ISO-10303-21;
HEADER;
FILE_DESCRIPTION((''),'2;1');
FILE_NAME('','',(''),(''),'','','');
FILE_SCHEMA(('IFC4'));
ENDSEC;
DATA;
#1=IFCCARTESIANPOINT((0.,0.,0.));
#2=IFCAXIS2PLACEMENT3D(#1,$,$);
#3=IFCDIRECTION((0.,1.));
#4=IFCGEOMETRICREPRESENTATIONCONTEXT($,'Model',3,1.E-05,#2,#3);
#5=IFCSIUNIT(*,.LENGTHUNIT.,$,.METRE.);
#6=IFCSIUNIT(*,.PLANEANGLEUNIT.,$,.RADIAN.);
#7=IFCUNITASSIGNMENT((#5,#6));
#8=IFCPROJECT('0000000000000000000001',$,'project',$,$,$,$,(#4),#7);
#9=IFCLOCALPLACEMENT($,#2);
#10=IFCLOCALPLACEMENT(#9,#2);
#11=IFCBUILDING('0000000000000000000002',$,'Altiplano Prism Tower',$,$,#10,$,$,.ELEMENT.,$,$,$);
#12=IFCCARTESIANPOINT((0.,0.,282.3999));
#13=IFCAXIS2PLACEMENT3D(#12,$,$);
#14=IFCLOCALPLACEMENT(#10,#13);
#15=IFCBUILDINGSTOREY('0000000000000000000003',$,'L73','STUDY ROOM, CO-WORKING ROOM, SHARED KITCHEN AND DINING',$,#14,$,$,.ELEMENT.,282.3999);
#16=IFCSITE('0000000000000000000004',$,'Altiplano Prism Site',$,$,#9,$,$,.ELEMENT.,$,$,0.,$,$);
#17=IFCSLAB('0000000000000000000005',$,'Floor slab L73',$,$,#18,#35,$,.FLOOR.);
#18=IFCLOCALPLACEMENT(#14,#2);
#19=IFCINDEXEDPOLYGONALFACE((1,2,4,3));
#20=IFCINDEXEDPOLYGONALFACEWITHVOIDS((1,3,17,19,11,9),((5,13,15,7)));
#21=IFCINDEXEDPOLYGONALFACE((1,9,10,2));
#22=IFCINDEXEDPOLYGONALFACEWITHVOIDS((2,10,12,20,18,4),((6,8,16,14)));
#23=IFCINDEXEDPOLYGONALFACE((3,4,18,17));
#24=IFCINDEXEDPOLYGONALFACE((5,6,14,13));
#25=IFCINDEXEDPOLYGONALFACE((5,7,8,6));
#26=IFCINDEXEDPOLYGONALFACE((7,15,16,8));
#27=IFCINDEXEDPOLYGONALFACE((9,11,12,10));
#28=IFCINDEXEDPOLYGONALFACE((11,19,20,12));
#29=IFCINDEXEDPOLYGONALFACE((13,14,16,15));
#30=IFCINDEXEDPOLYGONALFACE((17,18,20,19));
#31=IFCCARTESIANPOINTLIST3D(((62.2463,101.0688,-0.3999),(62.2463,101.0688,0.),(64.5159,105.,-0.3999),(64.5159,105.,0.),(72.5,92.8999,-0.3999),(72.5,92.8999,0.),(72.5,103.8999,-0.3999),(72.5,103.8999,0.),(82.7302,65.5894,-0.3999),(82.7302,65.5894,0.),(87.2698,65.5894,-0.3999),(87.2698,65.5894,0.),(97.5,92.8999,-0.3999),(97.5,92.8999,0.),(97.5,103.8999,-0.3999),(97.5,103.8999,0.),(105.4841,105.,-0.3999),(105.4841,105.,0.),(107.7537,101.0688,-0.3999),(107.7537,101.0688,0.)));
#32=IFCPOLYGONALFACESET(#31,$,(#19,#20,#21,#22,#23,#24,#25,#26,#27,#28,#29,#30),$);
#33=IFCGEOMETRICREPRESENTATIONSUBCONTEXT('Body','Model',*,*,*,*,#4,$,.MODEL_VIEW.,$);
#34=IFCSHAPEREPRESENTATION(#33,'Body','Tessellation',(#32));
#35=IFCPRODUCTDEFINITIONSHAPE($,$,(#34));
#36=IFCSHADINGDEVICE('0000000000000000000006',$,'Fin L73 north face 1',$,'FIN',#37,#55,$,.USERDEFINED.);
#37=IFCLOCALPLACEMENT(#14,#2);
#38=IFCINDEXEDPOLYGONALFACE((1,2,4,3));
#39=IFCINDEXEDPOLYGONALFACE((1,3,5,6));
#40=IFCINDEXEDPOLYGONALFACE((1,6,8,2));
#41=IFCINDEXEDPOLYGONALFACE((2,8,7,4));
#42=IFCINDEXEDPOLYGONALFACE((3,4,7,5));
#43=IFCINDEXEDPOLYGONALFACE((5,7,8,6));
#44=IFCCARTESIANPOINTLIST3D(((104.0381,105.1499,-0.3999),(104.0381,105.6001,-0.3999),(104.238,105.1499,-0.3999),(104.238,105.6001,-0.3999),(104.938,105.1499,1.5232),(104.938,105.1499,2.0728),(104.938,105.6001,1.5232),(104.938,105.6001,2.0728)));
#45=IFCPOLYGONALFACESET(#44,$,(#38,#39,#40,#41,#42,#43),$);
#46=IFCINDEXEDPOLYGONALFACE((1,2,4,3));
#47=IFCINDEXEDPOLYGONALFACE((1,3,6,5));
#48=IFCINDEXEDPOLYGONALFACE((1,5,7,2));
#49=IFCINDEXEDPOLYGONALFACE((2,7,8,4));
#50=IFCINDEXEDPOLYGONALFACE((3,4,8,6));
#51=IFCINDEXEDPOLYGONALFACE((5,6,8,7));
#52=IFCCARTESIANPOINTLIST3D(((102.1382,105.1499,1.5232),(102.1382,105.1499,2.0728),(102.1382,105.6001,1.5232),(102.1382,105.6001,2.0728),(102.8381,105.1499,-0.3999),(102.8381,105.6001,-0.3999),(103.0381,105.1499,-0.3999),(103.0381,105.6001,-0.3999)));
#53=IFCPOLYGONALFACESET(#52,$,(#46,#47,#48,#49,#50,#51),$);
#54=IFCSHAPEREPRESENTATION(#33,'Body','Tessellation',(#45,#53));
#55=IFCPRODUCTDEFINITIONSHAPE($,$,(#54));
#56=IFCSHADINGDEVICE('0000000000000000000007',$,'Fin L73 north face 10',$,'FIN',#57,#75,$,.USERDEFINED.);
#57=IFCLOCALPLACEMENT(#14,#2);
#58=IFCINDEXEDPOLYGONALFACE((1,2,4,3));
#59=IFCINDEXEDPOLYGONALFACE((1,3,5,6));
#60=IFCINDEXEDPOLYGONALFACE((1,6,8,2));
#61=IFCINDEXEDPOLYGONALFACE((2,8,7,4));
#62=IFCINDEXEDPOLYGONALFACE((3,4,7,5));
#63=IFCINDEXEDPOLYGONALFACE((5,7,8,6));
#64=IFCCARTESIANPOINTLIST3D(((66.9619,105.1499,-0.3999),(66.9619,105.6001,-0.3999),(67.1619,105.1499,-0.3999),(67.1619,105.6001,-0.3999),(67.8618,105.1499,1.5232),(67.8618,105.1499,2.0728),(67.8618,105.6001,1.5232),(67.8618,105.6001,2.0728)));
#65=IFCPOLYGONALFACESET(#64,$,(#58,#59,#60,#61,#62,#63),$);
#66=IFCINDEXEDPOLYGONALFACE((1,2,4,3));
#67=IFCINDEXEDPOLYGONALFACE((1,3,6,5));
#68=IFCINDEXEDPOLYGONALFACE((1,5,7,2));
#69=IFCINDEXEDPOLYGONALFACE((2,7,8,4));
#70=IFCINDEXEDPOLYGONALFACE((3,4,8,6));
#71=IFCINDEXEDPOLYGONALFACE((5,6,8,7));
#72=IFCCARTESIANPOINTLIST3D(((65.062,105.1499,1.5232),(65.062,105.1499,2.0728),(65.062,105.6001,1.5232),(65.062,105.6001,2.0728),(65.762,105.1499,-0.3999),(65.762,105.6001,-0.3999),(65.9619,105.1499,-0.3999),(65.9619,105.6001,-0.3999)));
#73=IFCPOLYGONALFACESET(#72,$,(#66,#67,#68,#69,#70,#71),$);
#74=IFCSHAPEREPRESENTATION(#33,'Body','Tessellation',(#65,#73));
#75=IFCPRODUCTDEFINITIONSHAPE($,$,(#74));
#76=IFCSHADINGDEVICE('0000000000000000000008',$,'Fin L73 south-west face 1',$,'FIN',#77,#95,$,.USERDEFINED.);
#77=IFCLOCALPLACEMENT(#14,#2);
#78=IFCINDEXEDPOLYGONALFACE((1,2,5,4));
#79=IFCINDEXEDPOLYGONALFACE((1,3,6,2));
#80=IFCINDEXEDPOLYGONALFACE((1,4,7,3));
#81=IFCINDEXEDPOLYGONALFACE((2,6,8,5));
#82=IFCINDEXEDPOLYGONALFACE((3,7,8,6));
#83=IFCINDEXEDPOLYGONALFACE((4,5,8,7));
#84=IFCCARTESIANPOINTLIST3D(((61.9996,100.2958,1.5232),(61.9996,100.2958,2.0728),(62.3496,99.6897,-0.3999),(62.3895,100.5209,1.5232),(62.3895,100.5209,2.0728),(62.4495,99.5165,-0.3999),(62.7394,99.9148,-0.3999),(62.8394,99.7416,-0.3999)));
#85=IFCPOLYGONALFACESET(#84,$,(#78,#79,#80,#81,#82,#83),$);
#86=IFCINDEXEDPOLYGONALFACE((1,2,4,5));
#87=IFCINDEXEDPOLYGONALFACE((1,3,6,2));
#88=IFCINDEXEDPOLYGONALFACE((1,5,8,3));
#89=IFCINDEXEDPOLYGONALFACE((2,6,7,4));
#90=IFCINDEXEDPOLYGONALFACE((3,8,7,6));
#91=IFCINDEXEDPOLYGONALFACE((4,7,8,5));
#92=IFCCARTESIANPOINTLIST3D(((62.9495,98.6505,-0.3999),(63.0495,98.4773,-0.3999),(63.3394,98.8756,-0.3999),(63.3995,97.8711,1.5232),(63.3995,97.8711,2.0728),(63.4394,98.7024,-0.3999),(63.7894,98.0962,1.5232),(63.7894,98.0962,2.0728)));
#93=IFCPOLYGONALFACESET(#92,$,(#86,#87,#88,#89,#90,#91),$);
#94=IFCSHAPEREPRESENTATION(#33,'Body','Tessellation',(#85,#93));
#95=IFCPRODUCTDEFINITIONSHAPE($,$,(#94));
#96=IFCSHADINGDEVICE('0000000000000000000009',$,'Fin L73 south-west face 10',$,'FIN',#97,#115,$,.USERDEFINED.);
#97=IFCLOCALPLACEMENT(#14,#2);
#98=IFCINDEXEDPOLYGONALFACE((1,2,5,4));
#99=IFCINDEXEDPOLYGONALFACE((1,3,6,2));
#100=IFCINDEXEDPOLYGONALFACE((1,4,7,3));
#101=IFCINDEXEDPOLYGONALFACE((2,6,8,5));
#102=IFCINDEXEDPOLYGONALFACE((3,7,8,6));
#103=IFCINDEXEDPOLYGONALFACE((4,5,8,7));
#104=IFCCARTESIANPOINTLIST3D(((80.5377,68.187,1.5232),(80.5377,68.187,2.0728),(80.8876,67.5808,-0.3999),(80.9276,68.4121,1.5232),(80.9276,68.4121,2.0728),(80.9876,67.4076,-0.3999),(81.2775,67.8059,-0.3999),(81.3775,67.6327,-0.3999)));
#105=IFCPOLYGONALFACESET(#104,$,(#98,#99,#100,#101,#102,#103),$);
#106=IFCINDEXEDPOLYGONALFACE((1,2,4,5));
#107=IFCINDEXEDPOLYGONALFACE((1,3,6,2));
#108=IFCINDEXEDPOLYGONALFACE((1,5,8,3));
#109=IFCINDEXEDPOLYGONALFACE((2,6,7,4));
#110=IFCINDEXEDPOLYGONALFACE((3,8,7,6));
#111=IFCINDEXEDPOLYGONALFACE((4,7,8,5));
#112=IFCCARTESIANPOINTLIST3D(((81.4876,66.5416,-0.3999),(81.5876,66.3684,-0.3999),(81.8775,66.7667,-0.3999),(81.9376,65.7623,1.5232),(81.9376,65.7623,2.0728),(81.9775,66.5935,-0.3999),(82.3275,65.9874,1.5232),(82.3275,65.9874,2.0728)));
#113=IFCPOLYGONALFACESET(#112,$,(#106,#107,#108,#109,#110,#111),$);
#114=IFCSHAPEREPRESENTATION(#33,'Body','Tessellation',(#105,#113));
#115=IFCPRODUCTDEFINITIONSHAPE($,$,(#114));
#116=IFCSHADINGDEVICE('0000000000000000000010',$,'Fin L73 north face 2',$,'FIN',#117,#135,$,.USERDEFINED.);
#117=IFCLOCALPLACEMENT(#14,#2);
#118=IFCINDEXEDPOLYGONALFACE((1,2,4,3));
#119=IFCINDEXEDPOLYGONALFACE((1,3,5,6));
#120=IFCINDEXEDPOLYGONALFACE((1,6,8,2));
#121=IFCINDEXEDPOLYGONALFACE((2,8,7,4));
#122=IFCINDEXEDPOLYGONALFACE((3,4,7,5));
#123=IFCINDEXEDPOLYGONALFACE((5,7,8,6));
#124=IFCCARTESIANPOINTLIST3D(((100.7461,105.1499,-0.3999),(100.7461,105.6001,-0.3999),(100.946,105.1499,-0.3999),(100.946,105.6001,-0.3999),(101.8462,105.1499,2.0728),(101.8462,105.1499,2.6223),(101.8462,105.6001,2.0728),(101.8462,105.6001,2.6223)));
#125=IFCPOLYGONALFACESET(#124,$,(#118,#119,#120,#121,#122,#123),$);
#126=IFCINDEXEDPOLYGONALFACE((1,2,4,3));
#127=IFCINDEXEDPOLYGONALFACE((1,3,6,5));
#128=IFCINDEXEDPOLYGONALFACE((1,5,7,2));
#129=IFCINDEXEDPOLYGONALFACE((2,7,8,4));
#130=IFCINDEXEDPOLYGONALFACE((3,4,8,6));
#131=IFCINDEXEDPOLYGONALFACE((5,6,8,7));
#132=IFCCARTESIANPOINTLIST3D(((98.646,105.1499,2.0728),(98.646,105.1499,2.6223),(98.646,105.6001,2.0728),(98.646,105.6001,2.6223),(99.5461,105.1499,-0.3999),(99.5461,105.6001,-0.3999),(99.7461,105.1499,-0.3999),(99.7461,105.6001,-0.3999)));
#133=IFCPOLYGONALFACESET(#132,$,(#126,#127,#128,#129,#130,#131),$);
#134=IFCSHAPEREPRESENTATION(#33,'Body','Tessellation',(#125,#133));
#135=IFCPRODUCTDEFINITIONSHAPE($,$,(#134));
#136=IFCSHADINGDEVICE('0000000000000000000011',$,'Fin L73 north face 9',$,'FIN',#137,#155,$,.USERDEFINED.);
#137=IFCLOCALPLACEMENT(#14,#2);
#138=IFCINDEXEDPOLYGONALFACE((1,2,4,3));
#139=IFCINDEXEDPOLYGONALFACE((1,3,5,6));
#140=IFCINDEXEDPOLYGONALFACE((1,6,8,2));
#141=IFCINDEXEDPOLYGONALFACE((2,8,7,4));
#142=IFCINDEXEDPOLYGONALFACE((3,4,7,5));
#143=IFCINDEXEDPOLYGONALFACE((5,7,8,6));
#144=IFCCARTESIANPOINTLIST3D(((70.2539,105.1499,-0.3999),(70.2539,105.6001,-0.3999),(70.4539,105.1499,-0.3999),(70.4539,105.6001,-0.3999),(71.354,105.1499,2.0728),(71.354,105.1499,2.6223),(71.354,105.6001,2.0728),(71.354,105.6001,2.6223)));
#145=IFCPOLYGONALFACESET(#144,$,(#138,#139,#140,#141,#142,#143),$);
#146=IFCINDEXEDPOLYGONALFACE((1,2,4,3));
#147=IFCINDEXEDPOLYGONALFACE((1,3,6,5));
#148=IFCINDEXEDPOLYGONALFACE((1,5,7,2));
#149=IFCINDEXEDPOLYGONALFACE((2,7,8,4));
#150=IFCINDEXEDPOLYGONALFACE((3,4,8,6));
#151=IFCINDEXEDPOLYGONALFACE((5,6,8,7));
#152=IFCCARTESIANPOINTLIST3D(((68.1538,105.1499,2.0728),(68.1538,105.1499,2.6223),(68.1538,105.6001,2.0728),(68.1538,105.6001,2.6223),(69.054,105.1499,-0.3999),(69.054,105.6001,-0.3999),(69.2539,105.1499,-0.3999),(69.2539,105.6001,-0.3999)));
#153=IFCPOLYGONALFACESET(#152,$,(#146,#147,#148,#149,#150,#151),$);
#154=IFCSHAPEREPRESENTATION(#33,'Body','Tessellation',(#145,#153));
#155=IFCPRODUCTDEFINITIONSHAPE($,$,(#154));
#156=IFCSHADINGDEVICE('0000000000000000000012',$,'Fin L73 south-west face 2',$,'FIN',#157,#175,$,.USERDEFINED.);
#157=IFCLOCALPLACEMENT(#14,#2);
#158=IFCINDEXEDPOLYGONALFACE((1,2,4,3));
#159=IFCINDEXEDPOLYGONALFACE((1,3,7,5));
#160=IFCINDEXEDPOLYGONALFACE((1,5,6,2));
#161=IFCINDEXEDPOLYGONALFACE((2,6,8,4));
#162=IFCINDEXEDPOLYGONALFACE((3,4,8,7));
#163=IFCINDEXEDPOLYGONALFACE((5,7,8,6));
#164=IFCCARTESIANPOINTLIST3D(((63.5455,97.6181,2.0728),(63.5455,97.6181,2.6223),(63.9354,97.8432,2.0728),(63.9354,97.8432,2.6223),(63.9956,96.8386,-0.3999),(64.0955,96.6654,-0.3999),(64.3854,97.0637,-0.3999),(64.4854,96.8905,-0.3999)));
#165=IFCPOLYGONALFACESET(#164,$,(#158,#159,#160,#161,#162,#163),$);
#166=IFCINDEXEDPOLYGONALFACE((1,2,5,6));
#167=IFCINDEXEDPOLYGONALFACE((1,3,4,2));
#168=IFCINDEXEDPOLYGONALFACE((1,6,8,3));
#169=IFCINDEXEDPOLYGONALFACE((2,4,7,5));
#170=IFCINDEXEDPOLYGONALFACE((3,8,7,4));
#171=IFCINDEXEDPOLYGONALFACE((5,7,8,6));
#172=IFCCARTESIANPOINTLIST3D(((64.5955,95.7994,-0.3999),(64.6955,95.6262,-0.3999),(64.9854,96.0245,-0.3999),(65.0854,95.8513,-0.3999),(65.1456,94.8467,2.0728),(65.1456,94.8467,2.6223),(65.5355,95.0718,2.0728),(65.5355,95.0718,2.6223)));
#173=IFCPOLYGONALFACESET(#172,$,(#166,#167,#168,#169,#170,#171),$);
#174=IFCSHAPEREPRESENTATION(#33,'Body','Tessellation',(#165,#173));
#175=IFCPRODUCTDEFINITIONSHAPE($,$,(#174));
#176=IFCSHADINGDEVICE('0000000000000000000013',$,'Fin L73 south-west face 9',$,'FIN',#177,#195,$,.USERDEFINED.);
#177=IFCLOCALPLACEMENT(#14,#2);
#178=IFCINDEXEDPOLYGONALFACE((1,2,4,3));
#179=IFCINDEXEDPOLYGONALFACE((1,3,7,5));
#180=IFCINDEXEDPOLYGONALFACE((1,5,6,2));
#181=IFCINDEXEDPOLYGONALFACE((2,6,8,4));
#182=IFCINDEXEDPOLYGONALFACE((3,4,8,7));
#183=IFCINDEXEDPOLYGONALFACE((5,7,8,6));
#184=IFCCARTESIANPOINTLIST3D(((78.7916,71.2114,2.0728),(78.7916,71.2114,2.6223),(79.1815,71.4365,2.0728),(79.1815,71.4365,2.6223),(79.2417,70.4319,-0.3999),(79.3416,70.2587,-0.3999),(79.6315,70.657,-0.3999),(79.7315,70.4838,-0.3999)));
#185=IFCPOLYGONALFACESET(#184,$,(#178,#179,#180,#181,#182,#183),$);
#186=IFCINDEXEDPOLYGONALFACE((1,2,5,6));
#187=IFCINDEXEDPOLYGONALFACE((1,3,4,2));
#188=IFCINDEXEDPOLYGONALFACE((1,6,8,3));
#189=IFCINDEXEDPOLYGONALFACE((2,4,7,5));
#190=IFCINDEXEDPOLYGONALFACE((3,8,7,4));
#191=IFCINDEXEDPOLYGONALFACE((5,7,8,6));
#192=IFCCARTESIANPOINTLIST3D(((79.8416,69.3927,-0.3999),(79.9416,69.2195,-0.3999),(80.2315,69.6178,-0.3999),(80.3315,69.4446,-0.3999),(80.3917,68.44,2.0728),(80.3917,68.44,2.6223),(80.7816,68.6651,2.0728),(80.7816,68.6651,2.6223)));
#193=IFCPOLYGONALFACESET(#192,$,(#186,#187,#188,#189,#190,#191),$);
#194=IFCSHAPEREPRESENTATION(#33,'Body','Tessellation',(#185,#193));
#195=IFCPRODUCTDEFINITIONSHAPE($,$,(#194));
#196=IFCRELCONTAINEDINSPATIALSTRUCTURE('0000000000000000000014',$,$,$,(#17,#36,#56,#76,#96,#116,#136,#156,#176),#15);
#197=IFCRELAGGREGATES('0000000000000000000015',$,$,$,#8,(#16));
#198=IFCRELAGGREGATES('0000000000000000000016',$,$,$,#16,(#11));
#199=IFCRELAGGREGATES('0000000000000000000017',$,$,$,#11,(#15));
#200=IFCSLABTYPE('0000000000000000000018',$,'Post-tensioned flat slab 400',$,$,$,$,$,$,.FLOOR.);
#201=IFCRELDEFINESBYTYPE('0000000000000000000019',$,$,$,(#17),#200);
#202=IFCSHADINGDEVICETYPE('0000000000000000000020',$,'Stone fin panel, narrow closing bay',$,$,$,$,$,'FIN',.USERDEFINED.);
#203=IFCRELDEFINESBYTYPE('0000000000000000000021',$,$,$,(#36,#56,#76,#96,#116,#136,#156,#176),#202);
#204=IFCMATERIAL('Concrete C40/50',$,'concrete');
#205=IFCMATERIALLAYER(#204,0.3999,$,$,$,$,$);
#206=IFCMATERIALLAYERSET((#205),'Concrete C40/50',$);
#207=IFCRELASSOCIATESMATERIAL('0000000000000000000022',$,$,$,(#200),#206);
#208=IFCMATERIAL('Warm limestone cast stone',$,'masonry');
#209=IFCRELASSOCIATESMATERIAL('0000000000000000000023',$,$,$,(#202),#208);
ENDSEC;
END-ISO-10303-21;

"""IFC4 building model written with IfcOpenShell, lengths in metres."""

from ifc_helpers import new_model, si_unit, direction, frame, origin, place, context, subcontext, project, spatial, polyline, outline, extrude, source, transform, mapped, material, layer, layer_set, type_object, element, save


model = new_model("IFC4")

# Units and contexts
model_context = context("Model", 3, precision=1e-05, world=origin(), true_north=direction((0.0, 1.0)))
body_context = subcontext(model_context, "Body", "Model", "MODEL_VIEW")
ifc_project = project(units=[si_unit("LENGTHUNIT", "METRE"), si_unit("PLANEANGLEUNIT", "RADIAN")], contexts=[model_context])

# Site, building, storey
site_placement = place(None, origin())
site = spatial("IfcSite", under=ifc_project, at=site_placement, Name="Altiplano Prism Site", CompositionType="ELEMENT", RefElevation=0.0)
building_placement = place(site_placement, origin())
building = spatial("IfcBuilding", under=site, at=building_placement, Name="Altiplano Prism Tower", CompositionType="ELEMENT")
storey_placement = place(building_placement, frame((0.0, 0.0, 282.3999)))
storey = spatial("IfcBuildingStorey", under=building, at=storey_placement, Name="L73", Description="STUDY ROOM, CO-WORKING ROOM, SHARED KITCHEN AND DINING", CompositionType="ELEMENT", Elevation=282.3999)

# Slab
ifc_material_1 = material(Name="Concrete C40/50", Category="concrete")
ifc_layer = layer(ifc_material_1, 0.3999)
ifc_layer_set = layer_set([ifc_layer], Name="Concrete C40/50")
slab_type = type_object("IfcSlabType", Name="Post-tensioned flat slab 400", PredefinedType="FLOOR", material=ifc_layer_set)
slab_placement = place(storey_placement, frame((0.0, 0.0, -0.3999)))
element("IfcSlab", 1, at=slab_placement, inside=storey, type_object=slab_type, Name="Floor slab L73", PredefinedType="FLOOR", context=body_context, shape_type="SweptSolid", body=[
    extrude(outline(polyline([(107.7537, 101.0688), (87.2698, 65.5894), (82.7302, 65.5894), (62.2463, 101.0688), (64.5159, 105.0), (105.4841, 105.0), (107.7537, 101.0688)]), holes=[polyline([(97.5, 92.8999), (97.5, 103.8999), (72.5, 103.8999), (72.5, 92.8999), (97.5, 92.8999)])]), origin(), (0.0, 0.0, 1.0), 0.3999),
])

# Shading devices
ifc_material_2 = material(Name="Warm limestone cast stone", Category="masonry")
shading_device_type_1 = type_object("IfcShadingDeviceType", Name="Stone fin panel, narrow closing bay", ElementType="FIN", PredefinedType="USERDEFINED", material=ifc_material_2)
shared_shape_1 = source(origin(), body_context, "Body", "SweptSolid", [
    extrude(outline(polyline([(-1.3999, 2.4727), (-1.3999, 1.9231), (-0.7, 0.0), (-0.5, 0.0), (-1.3999, 2.4727)])), frame((0.0, -0.1499, 0.0), z_axis=(0.0, -1.0, 0.0), x_axis=(1.0, 0.0, 0.0)), (0.0, 0.0, 1.0), 0.4502),
    extrude(outline(polyline([(1.3999, 1.9231), (1.3999, 2.4727), (0.5, 0.0), (0.7, 0.0), (1.3999, 1.9231)])), frame((0.0, -0.1499, 0.0), z_axis=(0.0, -1.0, 0.0), x_axis=(1.0, 0.0, 0.0)), (0.0, 0.0, 1.0), 0.4502),
])
shading_device_1_placement = place(storey_placement, origin())
element("IfcShadingDevice", 2, at=shading_device_1_placement, inside=storey, type_object=shading_device_type_1, Name="Fin L73 north face 1", ObjectType="FIN", PredefinedType="USERDEFINED", context=body_context, shape_type="MappedRepresentation", body=[
    mapped(shared_shape_1, transform((103.5381, 105.0, -0.3999), x_axis=(-1.0, 0.0, 0.0), y_axis=(0.0, -1.0, 0.0), z_axis=(0.0, 0.0, 1.0))),
])
shading_device_2_placement = place(storey_placement, origin())
element("IfcShadingDevice", 3, at=shading_device_2_placement, inside=storey, type_object=shading_device_type_1, Name="Fin L73 north face 10", ObjectType="FIN", PredefinedType="USERDEFINED", context=body_context, shape_type="MappedRepresentation", body=[
    mapped(shared_shape_1, transform((66.4619, 105.0, -0.3999), x_axis=(-1.0, 0.0, 0.0), y_axis=(0.0, -1.0, 0.0), z_axis=(0.0, 0.0, 1.0))),
])
shading_device_3_placement = place(storey_placement, origin())
element("IfcShadingDevice", 4, at=shading_device_3_placement, inside=storey, type_object=shading_device_type_1, Name="Fin L73 south-west face 1", ObjectType="FIN", PredefinedType="USERDEFINED", context=body_context, shape_type="MappedRepresentation", body=[
    mapped(shared_shape_1, transform((63.2192, 99.3835, -0.3999), x_axis=(0.5, -0.866025, 0.0), y_axis=(0.866025, 0.5, 0.0), z_axis=(0.0, 0.0, 1.0))),
])
shading_device_4_placement = place(storey_placement, origin())
element("IfcShadingDevice", 5, at=shading_device_4_placement, inside=storey, type_object=shading_device_type_1, Name="Fin L73 south-west face 10", ObjectType="FIN", PredefinedType="USERDEFINED", context=body_context, shape_type="MappedRepresentation", body=[
    mapped(shared_shape_1, transform((81.7573, 67.2747, -0.3999), x_axis=(0.5, -0.866025, 0.0), y_axis=(0.866025, 0.5, 0.0), z_axis=(0.0, 0.0, 1.0))),
])
shared_shape_2 = source(origin(), body_context, "Body", "SweptSolid", [
    extrude(outline(polyline([(-1.6001, 3.0222), (-1.6001, 2.4727), (-0.7, 0.0), (-0.5, 0.0), (-1.6001, 3.0222)])), frame((0.0, -0.1499, 0.0), z_axis=(0.0, -1.0, 0.0), x_axis=(1.0, 0.0, 0.0)), (0.0, 0.0, 1.0), 0.4502),
    extrude(outline(polyline([(1.6001, 2.4727), (1.6001, 3.0222), (0.5, 0.0), (0.7, 0.0), (1.6001, 2.4727)])), frame((0.0, -0.1499, 0.0), z_axis=(0.0, -1.0, 0.0), x_axis=(1.0, 0.0, 0.0)), (0.0, 0.0, 1.0), 0.4502),
])
shading_device_5_placement = place(storey_placement, origin())
element("IfcShadingDevice", 6, at=shading_device_5_placement, inside=storey, type_object=shading_device_type_1, Name="Fin L73 north face 2", ObjectType="FIN", PredefinedType="USERDEFINED", context=body_context, shape_type="MappedRepresentation", body=[
    mapped(shared_shape_2, transform((100.2461, 105.0, -0.3999), x_axis=(-1.0, 0.0, 0.0), y_axis=(0.0, -1.0, 0.0), z_axis=(0.0, 0.0, 1.0))),
])
shading_device_6_placement = place(storey_placement, origin())
element("IfcShadingDevice", 7, at=shading_device_6_placement, inside=storey, type_object=shading_device_type_1, Name="Fin L73 north face 9", ObjectType="FIN", PredefinedType="USERDEFINED", context=body_context, shape_type="MappedRepresentation", body=[
    mapped(shared_shape_2, transform((69.7539, 105.0, -0.3999), x_axis=(-1.0, 0.0, 0.0), y_axis=(0.0, -1.0, 0.0), z_axis=(0.0, 0.0, 1.0))),
])
shading_device_7_placement = place(storey_placement, origin())
element("IfcShadingDevice", 8, at=shading_device_7_placement, inside=storey, type_object=shading_device_type_1, Name="Fin L73 south-west face 2", ObjectType="FIN", PredefinedType="USERDEFINED", context=body_context, shape_type="MappedRepresentation", body=[
    mapped(shared_shape_2, transform((64.8652, 96.5325, -0.3999), x_axis=(0.5, -0.866025, 0.0), y_axis=(0.866025, 0.5, 0.0), z_axis=(0.0, 0.0, 1.0))),
])
shading_device_8_placement = place(storey_placement, origin())
element("IfcShadingDevice", 9, at=shading_device_8_placement, inside=storey, type_object=shading_device_type_1, Name="Fin L73 south-west face 9", ObjectType="FIN", PredefinedType="USERDEFINED", context=body_context, shape_type="MappedRepresentation", body=[
    mapped(shared_shape_2, transform((80.1113, 70.1257, -0.3999), x_axis=(0.5, -0.866025, 0.0), y_axis=(0.866025, 0.5, 0.0), z_axis=(0.0, 0.0, 1.0))),
])

save(model, "model.ifc")
